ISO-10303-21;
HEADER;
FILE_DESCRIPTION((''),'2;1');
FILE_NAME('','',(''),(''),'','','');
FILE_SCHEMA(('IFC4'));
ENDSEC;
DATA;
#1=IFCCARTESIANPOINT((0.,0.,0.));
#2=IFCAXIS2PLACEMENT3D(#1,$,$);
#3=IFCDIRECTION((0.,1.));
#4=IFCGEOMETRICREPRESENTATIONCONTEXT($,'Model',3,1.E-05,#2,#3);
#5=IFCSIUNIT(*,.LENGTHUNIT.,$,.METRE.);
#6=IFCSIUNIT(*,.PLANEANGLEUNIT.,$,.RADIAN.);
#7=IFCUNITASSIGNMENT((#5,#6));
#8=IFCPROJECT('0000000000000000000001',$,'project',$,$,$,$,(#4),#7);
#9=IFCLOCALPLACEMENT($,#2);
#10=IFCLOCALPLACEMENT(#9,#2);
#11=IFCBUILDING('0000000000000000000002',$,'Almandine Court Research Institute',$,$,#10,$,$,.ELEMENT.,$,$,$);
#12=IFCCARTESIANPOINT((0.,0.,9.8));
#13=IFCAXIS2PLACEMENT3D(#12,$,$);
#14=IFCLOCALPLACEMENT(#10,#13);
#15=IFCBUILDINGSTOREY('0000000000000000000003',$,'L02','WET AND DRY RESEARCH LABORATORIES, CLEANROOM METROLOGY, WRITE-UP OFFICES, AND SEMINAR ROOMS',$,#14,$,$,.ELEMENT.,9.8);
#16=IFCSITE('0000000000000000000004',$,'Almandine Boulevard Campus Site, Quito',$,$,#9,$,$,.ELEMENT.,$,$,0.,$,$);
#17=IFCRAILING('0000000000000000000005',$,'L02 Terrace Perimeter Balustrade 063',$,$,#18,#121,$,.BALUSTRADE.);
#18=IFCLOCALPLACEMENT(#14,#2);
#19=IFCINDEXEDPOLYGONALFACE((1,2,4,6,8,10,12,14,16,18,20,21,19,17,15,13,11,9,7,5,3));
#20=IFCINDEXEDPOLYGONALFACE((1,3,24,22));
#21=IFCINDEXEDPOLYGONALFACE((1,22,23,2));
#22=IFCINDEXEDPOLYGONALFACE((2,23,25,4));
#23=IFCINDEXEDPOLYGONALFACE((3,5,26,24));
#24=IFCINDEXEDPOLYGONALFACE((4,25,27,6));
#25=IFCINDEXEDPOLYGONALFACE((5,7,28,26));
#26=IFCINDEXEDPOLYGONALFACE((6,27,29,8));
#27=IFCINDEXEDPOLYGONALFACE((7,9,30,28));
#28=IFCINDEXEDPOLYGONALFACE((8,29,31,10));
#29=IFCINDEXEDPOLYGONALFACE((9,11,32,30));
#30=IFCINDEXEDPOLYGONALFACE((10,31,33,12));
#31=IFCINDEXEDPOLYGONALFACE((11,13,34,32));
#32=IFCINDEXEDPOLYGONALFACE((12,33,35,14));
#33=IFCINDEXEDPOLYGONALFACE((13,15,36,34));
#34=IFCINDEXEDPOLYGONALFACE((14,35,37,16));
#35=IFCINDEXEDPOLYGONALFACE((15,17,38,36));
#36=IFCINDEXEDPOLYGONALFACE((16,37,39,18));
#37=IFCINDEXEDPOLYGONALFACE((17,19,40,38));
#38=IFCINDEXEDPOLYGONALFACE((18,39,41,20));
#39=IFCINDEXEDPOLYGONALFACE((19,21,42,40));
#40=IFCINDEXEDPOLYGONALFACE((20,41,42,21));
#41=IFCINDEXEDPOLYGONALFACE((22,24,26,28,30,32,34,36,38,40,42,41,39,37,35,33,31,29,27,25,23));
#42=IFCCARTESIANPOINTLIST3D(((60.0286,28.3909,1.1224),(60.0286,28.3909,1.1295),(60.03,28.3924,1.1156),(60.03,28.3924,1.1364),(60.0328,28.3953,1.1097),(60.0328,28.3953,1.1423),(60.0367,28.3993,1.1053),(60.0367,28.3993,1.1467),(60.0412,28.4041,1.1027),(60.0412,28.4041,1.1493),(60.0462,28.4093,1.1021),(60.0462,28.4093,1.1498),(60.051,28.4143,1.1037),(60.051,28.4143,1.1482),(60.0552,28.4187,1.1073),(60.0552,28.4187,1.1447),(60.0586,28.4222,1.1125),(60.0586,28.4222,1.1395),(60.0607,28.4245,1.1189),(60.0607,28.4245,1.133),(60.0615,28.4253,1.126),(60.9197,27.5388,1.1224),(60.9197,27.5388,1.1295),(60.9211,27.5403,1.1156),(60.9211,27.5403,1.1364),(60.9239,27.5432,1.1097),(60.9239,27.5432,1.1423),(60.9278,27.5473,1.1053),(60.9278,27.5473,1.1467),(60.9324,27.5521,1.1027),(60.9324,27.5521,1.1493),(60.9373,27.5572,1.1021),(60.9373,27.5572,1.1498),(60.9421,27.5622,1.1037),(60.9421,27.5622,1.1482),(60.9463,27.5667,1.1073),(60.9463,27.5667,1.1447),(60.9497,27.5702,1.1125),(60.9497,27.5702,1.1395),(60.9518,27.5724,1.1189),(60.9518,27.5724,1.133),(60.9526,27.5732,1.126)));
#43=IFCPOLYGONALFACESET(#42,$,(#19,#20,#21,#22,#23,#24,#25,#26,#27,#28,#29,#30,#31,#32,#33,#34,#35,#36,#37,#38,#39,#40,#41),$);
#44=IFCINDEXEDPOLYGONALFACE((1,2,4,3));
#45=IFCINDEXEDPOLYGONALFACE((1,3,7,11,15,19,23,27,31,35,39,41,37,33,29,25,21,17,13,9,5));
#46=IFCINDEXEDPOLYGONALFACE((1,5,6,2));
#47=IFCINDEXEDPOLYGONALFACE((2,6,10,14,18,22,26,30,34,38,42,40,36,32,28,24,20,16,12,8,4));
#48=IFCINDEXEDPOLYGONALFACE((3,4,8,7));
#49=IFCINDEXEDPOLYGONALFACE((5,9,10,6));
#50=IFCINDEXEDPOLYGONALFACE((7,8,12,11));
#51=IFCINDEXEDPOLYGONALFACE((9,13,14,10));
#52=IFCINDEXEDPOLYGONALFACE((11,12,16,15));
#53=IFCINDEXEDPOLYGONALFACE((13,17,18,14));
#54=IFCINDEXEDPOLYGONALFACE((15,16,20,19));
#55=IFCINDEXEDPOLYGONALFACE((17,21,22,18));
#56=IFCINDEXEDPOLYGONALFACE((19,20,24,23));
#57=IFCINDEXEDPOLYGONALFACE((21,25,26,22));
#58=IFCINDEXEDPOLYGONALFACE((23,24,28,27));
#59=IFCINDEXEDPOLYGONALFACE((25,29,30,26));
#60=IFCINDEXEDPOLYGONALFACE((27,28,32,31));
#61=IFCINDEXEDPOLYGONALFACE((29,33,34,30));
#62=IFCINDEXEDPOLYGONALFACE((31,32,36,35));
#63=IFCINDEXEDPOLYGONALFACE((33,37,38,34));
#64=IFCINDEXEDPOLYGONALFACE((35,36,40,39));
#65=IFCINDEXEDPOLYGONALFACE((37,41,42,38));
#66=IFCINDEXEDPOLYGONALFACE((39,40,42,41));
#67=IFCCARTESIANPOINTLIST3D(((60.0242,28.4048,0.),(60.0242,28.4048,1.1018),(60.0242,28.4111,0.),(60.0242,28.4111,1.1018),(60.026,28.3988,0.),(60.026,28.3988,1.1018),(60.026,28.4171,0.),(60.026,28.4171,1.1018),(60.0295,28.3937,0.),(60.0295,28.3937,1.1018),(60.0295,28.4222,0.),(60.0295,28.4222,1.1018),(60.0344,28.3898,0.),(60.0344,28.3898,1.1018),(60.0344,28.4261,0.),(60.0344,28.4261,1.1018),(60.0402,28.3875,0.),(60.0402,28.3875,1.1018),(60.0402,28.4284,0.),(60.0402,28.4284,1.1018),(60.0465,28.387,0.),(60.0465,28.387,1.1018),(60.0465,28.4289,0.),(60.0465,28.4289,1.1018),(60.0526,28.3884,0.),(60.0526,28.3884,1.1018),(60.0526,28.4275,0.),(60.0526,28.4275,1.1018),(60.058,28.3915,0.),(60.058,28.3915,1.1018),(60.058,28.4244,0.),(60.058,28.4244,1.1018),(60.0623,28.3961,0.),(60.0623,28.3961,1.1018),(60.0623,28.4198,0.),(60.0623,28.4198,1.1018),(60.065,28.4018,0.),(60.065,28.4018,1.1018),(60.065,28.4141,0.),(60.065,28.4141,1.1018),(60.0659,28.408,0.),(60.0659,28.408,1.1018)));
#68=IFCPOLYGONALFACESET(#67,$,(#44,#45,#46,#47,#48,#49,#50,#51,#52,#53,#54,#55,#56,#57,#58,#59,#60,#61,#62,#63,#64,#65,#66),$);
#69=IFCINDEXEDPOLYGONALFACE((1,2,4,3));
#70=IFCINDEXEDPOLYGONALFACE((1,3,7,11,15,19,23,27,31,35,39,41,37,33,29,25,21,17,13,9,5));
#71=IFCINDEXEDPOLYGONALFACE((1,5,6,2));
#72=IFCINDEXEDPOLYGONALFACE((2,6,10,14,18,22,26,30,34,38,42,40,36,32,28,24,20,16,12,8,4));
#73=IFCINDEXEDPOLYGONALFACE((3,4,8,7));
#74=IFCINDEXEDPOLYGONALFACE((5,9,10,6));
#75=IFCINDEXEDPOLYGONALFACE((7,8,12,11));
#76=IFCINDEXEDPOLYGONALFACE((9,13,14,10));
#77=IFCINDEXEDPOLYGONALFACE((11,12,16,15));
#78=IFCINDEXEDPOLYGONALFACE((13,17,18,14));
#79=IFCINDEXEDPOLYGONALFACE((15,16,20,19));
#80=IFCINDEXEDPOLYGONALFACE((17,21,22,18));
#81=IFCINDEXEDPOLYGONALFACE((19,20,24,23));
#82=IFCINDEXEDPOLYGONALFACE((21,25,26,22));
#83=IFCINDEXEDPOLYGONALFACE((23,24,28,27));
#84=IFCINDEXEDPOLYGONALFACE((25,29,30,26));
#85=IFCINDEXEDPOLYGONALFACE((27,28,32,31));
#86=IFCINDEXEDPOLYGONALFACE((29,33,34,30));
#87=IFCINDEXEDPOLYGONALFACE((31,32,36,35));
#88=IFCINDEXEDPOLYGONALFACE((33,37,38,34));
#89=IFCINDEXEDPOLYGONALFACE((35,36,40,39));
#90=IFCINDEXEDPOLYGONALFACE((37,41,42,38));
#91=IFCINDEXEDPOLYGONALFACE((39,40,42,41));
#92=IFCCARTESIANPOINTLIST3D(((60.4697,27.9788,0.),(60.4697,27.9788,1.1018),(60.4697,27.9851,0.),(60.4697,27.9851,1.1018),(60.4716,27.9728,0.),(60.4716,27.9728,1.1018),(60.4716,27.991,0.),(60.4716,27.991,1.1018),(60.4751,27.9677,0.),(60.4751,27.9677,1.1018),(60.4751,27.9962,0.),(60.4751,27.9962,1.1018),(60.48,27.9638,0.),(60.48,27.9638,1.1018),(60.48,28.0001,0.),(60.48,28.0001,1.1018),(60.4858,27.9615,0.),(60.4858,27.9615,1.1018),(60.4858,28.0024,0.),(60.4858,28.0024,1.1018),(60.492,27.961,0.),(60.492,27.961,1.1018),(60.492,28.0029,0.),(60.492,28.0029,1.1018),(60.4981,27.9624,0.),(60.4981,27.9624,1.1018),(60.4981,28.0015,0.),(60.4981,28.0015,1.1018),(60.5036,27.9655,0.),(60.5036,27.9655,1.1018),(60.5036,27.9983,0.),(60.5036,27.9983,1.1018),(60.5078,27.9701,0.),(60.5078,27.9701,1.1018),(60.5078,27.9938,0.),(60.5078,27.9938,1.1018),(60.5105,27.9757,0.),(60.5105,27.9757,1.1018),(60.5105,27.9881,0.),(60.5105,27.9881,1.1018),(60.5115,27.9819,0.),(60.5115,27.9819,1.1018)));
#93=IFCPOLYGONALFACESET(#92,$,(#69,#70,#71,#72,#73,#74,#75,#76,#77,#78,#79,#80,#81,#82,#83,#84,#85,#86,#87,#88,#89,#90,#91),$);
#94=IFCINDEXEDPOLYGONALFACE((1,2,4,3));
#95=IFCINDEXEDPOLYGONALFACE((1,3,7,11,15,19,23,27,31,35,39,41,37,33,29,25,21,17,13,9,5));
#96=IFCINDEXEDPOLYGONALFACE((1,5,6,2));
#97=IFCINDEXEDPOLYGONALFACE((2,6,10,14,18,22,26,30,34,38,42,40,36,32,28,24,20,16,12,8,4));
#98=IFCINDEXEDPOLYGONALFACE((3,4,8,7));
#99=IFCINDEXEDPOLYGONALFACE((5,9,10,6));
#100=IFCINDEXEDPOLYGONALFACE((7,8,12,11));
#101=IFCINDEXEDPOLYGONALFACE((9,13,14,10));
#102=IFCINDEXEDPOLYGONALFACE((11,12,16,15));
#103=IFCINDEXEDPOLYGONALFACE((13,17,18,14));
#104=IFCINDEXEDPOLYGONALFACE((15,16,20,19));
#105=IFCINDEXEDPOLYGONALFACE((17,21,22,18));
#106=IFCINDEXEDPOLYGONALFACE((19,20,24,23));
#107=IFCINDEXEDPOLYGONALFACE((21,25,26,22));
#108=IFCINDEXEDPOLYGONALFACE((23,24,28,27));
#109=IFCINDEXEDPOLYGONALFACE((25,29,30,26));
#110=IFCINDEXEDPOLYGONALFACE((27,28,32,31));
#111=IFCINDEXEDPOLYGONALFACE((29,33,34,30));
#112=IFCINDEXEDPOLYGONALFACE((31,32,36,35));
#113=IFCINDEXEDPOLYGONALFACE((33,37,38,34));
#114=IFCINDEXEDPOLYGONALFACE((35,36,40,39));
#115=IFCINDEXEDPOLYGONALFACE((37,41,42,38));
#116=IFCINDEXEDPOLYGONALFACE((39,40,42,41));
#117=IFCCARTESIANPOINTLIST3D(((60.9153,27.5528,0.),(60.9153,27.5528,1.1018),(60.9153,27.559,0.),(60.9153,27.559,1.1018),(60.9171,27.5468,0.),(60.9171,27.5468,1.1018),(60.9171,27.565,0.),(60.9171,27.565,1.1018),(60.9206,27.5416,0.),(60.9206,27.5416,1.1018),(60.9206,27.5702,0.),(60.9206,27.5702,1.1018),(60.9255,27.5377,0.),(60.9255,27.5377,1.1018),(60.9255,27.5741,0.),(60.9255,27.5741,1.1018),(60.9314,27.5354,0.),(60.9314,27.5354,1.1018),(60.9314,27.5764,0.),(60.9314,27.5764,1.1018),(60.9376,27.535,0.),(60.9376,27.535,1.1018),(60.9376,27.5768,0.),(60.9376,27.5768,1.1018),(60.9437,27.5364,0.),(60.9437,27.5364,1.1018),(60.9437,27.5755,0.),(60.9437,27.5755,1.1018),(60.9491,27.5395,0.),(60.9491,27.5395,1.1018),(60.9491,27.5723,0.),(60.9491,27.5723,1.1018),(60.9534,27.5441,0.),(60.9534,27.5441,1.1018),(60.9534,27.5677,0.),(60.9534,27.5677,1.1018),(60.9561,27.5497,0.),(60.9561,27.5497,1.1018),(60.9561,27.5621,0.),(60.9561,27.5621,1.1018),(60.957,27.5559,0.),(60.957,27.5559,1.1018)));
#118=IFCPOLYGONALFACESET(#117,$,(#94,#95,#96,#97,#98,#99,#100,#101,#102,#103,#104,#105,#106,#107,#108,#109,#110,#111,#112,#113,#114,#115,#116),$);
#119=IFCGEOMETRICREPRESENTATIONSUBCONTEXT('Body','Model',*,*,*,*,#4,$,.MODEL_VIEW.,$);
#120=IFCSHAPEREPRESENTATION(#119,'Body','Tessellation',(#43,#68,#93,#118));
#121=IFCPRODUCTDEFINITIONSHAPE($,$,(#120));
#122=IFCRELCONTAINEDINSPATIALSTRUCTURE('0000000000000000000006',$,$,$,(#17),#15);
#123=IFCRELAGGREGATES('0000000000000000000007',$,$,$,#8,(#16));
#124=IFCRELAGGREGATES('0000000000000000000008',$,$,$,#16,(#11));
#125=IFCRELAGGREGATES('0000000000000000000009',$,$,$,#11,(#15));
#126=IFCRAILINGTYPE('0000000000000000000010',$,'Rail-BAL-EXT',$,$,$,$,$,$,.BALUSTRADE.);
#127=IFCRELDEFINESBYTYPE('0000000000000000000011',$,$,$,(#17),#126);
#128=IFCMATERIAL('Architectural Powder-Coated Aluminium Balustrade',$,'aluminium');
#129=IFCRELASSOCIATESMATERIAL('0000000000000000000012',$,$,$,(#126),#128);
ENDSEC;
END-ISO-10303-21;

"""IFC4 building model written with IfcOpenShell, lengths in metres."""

from ifc_helpers import new_model, si_unit, direction, frame, origin, origin_2d, place, context, subcontext, project, spatial, circle, extrude, material, type_object, element, save


model = new_model("IFC4")

# Units and contexts
model_context = context("Model", 3, precision=1e-05, world=origin(), true_north=direction((0.0, 1.0)))
body_context = subcontext(model_context, "Body", "Model", "MODEL_VIEW")
ifc_project = project(units=[si_unit("LENGTHUNIT", "METRE"), si_unit("PLANEANGLEUNIT", "RADIAN")], contexts=[model_context])

# Site, building, storey
site_placement = place(None, origin())
site = spatial("IfcSite", under=ifc_project, at=site_placement, Name="Almandine Boulevard Campus Site, Quito", CompositionType="ELEMENT", RefElevation=0.0)
building_placement = place(site_placement, origin())
building = spatial("IfcBuilding", under=site, at=building_placement, Name="Almandine Court Research Institute", CompositionType="ELEMENT")
storey_placement = place(building_placement, frame((0.0, 0.0, 9.8)))
storey = spatial("IfcBuildingStorey", under=building, at=storey_placement, Name="L02", Description="WET AND DRY RESEARCH LABORATORIES, CLEANROOM METROLOGY, WRITE-UP OFFICES, AND SEMINAR ROOMS", CompositionType="ELEMENT", Elevation=9.8)

# Railing
ifc_material_1 = material(Name="Architectural Powder-Coated Aluminium Balustrade", Category="aluminium")
railing_type = type_object("IfcRailingType", Name="Rail-BAL-EXT", PredefinedType="BALUSTRADE", material=ifc_material_1)
railing_1_placement = place(storey_placement, frame((60.0449, 28.408, 0.0)))
element("IfcRailing", 1, at=railing_1_placement, inside=storey, type_object=railing_type, Name="L02 Terrace Perimeter Balustrade 063", PredefinedType="BALUSTRADE", context=body_context, shape_type="SweptSolid", body=[
    extrude(circle(Radius=0.0239, at=origin_2d()), frame((0.0, 0.0, 1.126), z_axis=(0.722771, -0.691088, 0.0), x_axis=(0.691088, 0.722771, 0.0)), (0.0, 0.0, 1.0), 1.2329),
    extrude(circle(Radius=0.021, at=origin_2d()), origin(), (0.0, 0.0, 1.0), 1.1018),
    extrude(circle(Radius=0.021, at=origin_2d()), frame((0.4456, -0.426, 0.0)), (0.0, 0.0, 1.0), 1.1018),
    extrude(circle(Radius=0.021, at=origin_2d()), frame((0.8911, -0.8521, 0.0)), (0.0, 0.0, 1.0), 1.1018),
])

save(model, "model.ifc")
